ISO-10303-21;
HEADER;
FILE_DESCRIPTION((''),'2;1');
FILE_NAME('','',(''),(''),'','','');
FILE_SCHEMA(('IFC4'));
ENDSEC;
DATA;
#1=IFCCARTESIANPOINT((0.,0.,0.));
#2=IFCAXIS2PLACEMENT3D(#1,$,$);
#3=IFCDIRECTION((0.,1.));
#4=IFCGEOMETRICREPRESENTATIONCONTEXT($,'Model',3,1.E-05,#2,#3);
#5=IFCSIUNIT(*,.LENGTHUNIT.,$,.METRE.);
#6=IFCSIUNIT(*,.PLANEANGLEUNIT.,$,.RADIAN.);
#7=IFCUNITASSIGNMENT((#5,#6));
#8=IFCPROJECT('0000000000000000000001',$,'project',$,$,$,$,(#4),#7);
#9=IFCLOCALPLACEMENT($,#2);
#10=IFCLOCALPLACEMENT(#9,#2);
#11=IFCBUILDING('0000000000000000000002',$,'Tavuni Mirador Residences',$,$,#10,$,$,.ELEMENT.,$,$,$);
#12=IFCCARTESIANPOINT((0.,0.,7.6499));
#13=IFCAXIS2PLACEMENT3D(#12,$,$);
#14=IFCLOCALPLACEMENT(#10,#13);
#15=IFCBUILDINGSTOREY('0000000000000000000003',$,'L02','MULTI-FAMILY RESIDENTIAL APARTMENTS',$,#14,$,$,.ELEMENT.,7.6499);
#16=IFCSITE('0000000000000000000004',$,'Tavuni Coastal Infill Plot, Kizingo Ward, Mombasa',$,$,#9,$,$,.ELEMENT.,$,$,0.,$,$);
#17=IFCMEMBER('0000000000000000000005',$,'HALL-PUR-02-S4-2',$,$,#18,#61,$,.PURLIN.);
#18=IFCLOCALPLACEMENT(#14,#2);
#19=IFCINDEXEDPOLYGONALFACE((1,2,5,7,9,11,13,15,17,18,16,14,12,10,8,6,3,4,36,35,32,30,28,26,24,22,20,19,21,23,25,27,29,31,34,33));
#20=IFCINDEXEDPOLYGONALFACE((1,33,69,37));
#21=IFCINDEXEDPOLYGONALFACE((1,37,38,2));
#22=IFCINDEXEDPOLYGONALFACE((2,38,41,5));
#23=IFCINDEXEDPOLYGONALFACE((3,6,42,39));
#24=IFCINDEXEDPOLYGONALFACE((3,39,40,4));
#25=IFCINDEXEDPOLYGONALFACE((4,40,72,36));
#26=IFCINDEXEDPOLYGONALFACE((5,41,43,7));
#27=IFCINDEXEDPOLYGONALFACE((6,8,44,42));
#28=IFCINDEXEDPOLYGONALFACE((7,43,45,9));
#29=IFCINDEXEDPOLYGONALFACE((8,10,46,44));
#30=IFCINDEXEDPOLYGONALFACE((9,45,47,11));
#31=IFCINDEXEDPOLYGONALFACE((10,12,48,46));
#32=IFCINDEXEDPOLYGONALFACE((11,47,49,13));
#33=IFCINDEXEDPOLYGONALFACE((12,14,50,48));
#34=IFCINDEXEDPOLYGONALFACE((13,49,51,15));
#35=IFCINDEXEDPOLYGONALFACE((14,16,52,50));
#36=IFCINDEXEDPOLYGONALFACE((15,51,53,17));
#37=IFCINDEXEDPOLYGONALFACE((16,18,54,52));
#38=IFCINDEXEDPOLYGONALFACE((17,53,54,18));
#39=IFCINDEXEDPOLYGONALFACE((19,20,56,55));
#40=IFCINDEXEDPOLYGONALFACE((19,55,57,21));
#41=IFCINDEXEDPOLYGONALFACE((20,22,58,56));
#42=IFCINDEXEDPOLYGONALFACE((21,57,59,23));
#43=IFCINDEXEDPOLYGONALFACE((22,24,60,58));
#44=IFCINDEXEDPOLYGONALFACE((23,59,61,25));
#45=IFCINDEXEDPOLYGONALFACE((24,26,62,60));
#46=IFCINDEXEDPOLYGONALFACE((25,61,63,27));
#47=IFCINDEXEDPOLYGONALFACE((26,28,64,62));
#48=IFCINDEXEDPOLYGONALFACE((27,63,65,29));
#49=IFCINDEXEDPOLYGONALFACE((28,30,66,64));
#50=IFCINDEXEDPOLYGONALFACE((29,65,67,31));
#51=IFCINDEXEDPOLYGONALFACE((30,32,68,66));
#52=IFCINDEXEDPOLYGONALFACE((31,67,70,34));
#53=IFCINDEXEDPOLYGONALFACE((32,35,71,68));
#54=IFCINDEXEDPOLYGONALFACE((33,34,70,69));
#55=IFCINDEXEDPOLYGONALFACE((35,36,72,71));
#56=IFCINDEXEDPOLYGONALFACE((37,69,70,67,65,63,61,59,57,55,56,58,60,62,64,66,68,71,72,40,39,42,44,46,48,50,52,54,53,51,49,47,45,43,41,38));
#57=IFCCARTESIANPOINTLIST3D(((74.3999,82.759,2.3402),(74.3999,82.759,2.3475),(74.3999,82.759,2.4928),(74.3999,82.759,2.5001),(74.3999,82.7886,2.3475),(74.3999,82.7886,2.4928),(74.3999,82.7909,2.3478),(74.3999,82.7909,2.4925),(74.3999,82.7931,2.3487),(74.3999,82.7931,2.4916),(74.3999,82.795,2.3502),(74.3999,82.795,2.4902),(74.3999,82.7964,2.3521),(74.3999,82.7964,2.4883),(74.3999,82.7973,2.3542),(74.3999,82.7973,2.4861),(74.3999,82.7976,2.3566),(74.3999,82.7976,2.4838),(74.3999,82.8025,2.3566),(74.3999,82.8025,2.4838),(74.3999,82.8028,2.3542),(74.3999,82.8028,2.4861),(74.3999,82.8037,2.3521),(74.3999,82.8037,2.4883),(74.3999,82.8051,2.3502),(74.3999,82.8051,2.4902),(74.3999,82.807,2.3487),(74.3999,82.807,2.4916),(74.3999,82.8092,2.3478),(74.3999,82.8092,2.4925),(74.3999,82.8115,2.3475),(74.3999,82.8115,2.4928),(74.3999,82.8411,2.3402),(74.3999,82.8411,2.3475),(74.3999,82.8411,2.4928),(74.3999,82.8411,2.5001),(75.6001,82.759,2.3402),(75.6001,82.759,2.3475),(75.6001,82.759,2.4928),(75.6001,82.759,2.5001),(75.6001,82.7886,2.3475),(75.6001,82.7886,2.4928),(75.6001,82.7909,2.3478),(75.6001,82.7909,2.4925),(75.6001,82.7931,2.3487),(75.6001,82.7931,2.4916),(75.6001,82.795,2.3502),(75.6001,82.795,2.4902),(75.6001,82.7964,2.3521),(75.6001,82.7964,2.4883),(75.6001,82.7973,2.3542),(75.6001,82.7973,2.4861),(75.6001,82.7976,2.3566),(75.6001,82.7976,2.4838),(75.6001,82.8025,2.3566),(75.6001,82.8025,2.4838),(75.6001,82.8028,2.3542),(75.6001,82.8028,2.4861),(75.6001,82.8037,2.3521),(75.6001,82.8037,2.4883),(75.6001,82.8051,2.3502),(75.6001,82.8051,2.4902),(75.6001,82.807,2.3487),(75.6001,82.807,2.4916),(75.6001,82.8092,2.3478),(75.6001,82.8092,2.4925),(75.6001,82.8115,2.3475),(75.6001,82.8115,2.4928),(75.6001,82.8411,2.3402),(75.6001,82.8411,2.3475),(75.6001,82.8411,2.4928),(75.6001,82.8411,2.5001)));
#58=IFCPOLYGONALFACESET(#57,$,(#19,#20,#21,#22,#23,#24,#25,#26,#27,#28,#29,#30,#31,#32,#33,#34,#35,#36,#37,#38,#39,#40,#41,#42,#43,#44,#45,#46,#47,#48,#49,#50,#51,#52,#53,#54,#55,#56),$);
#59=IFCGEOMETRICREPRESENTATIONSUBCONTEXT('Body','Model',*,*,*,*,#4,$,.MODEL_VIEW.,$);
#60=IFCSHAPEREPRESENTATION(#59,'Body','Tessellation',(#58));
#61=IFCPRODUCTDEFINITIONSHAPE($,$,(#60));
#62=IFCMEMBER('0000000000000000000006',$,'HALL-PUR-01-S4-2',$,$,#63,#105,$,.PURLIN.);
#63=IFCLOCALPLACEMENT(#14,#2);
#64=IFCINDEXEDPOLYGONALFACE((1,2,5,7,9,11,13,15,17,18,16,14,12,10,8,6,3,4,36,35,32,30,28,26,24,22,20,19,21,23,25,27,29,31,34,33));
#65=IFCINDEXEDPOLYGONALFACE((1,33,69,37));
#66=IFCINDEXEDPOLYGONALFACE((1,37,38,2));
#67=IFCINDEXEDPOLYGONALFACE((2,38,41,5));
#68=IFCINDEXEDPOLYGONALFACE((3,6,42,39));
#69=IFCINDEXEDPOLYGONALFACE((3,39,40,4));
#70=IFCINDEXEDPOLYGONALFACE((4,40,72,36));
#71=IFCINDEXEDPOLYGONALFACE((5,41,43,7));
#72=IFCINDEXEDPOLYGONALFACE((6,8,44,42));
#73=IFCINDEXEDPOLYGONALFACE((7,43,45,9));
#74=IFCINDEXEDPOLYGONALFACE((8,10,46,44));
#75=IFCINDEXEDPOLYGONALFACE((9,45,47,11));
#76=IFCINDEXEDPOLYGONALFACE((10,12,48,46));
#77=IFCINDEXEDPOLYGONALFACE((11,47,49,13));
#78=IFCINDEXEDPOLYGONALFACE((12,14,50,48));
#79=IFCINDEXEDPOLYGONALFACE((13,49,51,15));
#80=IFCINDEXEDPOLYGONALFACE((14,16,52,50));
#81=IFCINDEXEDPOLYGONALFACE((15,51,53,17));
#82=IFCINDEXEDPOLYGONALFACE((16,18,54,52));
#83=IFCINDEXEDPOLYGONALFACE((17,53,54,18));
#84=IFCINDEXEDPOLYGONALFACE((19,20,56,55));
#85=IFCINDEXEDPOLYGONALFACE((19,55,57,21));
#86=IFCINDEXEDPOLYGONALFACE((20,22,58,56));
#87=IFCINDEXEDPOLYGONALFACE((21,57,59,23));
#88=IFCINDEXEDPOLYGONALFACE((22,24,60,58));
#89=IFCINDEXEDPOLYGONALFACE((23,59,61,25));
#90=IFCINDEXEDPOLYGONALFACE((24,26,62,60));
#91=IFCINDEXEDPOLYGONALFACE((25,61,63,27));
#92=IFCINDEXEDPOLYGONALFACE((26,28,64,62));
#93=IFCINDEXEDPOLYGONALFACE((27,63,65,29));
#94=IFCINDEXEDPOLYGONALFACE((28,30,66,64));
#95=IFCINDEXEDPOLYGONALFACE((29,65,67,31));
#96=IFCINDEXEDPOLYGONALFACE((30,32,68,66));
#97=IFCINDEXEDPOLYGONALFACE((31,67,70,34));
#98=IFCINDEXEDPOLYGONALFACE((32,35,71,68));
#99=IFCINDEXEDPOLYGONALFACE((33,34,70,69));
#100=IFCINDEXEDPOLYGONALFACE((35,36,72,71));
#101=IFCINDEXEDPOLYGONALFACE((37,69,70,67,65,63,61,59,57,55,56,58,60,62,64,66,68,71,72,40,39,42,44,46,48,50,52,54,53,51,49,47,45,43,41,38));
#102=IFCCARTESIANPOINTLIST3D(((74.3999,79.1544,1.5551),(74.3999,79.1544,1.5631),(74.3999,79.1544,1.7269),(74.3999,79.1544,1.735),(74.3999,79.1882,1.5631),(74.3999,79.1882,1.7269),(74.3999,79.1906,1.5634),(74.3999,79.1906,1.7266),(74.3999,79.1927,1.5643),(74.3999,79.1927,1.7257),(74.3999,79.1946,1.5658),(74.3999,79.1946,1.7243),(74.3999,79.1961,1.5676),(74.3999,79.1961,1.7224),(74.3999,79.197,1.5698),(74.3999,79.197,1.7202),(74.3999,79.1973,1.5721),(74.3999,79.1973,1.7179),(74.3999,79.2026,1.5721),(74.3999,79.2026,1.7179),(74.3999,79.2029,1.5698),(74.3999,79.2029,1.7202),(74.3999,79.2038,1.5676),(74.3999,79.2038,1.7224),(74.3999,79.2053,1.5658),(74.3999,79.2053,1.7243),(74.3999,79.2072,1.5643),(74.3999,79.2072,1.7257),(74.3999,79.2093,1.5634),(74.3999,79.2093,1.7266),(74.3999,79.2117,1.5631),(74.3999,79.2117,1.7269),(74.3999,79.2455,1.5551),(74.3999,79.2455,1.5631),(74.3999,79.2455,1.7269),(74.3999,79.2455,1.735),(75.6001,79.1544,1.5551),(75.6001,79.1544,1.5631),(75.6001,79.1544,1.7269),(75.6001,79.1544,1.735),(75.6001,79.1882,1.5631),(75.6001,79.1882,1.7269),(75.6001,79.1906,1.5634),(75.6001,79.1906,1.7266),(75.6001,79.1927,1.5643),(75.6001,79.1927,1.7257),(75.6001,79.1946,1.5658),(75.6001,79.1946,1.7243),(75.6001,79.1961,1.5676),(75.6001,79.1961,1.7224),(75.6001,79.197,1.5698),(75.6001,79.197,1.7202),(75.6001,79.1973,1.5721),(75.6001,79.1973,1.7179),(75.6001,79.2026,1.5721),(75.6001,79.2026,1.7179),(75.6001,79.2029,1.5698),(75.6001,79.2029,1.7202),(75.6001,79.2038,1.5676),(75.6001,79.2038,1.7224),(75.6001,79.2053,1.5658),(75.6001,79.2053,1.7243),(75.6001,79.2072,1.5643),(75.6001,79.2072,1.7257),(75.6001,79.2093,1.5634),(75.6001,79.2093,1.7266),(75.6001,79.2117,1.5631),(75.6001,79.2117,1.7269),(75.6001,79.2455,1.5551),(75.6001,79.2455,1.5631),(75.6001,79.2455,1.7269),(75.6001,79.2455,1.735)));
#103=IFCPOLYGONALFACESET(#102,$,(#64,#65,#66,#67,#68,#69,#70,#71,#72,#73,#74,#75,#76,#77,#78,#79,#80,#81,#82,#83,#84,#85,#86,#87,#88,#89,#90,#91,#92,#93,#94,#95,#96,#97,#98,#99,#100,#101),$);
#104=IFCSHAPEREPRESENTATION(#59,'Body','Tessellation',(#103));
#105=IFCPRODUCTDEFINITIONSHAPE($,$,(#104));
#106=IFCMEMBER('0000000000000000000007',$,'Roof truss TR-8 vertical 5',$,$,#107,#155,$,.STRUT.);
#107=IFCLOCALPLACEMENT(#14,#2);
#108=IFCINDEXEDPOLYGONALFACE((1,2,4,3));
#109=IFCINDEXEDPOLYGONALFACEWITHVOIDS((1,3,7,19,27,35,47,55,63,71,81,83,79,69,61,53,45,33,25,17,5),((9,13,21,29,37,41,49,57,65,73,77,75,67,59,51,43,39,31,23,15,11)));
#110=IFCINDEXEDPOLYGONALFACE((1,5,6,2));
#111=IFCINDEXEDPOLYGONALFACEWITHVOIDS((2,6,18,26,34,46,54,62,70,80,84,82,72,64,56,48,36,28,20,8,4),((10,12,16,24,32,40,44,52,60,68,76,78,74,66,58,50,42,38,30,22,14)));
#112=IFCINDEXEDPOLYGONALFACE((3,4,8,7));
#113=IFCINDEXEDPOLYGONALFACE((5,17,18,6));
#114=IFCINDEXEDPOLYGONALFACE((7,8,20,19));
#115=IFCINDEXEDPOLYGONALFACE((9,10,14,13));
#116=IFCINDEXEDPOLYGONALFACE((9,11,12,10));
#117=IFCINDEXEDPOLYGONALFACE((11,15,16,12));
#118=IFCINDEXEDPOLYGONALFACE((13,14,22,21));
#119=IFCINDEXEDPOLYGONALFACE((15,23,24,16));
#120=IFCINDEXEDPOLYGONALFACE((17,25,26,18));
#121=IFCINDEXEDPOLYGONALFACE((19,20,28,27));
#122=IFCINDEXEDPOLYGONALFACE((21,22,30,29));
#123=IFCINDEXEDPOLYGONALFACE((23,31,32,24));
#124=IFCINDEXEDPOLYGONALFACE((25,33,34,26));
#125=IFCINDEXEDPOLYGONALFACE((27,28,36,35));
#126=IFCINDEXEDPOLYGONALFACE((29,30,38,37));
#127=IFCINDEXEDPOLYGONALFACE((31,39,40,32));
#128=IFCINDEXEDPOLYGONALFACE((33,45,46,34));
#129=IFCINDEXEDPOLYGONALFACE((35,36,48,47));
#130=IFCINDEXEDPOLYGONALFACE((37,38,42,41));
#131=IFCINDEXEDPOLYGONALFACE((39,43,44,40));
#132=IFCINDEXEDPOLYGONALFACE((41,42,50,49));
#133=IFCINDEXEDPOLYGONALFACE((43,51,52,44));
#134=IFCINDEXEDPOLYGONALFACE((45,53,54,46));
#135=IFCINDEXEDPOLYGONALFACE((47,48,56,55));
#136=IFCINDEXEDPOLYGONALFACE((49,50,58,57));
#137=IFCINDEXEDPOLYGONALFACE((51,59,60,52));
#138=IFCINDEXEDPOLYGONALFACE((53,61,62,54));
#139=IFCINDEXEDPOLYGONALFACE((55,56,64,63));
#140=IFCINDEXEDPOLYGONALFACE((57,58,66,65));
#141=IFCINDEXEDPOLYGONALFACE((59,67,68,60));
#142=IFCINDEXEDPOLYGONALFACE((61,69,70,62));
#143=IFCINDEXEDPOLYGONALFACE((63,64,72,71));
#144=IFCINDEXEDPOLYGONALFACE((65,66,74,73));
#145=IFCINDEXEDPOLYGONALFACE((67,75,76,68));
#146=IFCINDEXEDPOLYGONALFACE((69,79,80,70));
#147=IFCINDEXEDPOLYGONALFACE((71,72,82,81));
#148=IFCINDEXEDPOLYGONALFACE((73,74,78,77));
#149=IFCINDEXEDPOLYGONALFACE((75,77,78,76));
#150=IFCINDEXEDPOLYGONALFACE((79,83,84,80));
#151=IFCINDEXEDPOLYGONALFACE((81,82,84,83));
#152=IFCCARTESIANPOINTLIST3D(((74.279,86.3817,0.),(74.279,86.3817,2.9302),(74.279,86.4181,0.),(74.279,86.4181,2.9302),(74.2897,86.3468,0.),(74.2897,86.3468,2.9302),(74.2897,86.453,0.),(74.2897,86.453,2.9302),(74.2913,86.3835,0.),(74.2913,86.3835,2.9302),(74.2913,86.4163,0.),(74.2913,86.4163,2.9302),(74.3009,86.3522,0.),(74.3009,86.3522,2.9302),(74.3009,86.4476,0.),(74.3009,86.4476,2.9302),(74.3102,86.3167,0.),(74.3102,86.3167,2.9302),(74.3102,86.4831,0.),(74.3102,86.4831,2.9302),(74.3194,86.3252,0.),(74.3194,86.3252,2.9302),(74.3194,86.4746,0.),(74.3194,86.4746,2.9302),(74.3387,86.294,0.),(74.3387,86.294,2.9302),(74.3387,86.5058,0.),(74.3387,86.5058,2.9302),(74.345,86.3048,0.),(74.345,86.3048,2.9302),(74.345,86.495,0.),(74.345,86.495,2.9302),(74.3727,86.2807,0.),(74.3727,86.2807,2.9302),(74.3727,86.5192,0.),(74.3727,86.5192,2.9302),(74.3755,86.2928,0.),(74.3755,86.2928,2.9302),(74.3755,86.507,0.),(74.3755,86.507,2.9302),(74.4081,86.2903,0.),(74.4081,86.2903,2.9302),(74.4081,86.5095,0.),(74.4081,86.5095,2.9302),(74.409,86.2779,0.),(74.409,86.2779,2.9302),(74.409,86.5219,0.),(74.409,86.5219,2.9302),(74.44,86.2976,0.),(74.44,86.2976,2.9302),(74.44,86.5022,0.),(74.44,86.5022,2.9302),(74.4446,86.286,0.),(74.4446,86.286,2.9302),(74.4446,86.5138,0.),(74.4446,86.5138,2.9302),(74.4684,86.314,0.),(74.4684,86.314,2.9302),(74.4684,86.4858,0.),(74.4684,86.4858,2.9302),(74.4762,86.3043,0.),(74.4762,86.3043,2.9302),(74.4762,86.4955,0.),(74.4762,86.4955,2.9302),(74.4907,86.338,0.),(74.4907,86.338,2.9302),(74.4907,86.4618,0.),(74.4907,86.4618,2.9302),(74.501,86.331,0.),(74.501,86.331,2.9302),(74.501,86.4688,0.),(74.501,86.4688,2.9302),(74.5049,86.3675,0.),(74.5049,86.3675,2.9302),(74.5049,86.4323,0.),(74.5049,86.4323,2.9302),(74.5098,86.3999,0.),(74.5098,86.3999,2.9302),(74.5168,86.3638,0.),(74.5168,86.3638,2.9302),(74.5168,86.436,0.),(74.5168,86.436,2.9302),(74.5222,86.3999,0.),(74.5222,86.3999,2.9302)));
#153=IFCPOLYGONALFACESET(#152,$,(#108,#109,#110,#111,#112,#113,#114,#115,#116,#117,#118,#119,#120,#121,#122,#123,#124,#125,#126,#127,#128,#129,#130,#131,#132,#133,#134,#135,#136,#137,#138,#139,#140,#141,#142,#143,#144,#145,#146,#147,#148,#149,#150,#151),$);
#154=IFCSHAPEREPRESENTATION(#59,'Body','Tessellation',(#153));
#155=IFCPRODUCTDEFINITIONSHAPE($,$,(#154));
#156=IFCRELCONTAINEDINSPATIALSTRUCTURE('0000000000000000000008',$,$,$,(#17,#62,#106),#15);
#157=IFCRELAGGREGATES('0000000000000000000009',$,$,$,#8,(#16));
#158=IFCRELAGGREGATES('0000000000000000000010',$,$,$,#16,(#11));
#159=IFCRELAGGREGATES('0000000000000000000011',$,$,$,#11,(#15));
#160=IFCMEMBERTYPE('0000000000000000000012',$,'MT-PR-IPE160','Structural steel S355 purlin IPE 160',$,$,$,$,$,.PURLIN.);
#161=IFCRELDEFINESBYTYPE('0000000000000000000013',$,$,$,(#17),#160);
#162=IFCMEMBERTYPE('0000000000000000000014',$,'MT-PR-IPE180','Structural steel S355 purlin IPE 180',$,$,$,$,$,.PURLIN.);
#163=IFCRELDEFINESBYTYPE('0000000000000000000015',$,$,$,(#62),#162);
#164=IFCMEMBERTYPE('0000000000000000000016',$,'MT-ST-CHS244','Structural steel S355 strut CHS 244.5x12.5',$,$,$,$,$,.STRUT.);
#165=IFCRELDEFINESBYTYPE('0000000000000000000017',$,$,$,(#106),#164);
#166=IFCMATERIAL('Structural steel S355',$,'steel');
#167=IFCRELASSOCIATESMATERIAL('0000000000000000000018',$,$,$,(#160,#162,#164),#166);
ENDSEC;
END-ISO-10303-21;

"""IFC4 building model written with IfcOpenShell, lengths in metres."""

from ifc_helpers import new_model, si_unit, direction, frame, origin, origin_2d, place, context, subcontext, project, spatial, hollow_circle, i_section, extrude, material, material_profile, profile_set, type_object, element, save


model = new_model("IFC4")

# Units and contexts
model_context = context("Model", 3, precision=1e-05, world=origin(), true_north=direction((0.0, 1.0)))
body_context = subcontext(model_context, "Body", "Model", "MODEL_VIEW")
ifc_project = project(units=[si_unit("LENGTHUNIT", "METRE"), si_unit("PLANEANGLEUNIT", "RADIAN")], contexts=[model_context])

# Site, building, storey
site_placement = place(None, origin())
site = spatial("IfcSite", under=ifc_project, at=site_placement, Name="Tavuni Coastal Infill Plot, Kizingo Ward, Mombasa", CompositionType="ELEMENT", RefElevation=0.0)
building_placement = place(site_placement, origin())
building = spatial("IfcBuilding", under=site, at=building_placement, Name="Tavuni Mirador Residences", CompositionType="ELEMENT")
storey_placement = place(building_placement, frame((0.0, 0.0, 7.6499)))
storey = spatial("IfcBuildingStorey", under=building, at=storey_placement, Name="L02", Description="MULTI-FAMILY RESIDENTIAL APARTMENTS", CompositionType="ELEMENT", Elevation=7.6499)

# Members
ifc_material_1 = material(Name="Structural steel S355", Category="steel")
ifc_material_profile_1 = material_profile(ifc_material_1, i_section(OverallWidth=0.082, OverallDepth=0.1599, WebThickness=0.0049, FlangeThickness=0.0073, FilletRadius=0.009, at=origin_2d()), Name="IPE 160", Category="steel")
ifc_profile_set_1 = profile_set([ifc_material_profile_1], Name="Structural steel S355")
member_type_1 = type_object("IfcMemberType", Name="MT-PR-IPE160", Description="Structural steel S355 purlin IPE 160", PredefinedType="PURLIN", material=ifc_profile_set_1)
member_1_placement = place(storey_placement, frame((74.3999, 82.8, 2.4202), z_axis=(1.0, 0.0, 0.0), x_axis=(0.0, 1.0, 0.0)))
element("IfcMember", 1, at=member_1_placement, inside=storey, type_object=member_type_1, Name="HALL-PUR-02-S4-2", PredefinedType="PURLIN", context=body_context, shape_type="SweptSolid", body=[
    extrude(i_section(OverallWidth=0.082, OverallDepth=0.1599, WebThickness=0.0049, FlangeThickness=0.0073, FilletRadius=0.009, at=origin_2d()), origin(), (0.0, 0.0, 1.0), 1.2002),
])
ifc_material_profile_2 = material_profile(ifc_material_1, i_section(OverallWidth=0.0911, OverallDepth=0.1799, WebThickness=0.0054, FlangeThickness=0.0081, FilletRadius=0.009, at=origin_2d()), Name="IPE 180", Category="steel")
ifc_profile_set_2 = profile_set([ifc_material_profile_2], Name="Structural steel S355")
member_type_2 = type_object("IfcMemberType", Name="MT-PR-IPE180", Description="Structural steel S355 purlin IPE 180", PredefinedType="PURLIN", material=ifc_profile_set_2)
member_2_placement = place(storey_placement, frame((74.3999, 79.2, 1.645), z_axis=(1.0, 0.0, 0.0), x_axis=(0.0, 1.0, 0.0)))
element("IfcMember", 2, at=member_2_placement, inside=storey, type_object=member_type_2, Name="HALL-PUR-01-S4-2", PredefinedType="PURLIN", context=body_context, shape_type="SweptSolid", body=[
    extrude(i_section(OverallWidth=0.0911, OverallDepth=0.1799, WebThickness=0.0054, FlangeThickness=0.0081, FilletRadius=0.009, at=origin_2d()), origin(), (0.0, 0.0, 1.0), 1.2002),
])
ifc_material_profile_3 = material_profile(ifc_material_1, hollow_circle(Radius=0.1223, WallThickness=0.0125, at=origin_2d()), Name="CHS 244.5x12.5", Category="steel")
ifc_profile_set_3 = profile_set([ifc_material_profile_3], Name="Structural steel S355")
member_type_3 = type_object("IfcMemberType", Name="MT-ST-CHS244", Description="Structural steel S355 strut CHS 244.5x12.5", PredefinedType="STRUT", material=ifc_profile_set_3)
member_3_placement = place(storey_placement, frame((74.3999, 86.3999, 0.0), z_axis=(0.0, 0.0, 1.0), x_axis=(1.0, 0.0, 0.0)))
element("IfcMember", 3, at=member_3_placement, inside=storey, type_object=member_type_3, Name="Roof truss TR-8 vertical 5", PredefinedType="STRUT", context=body_context, shape_type="SweptSolid", body=[
    extrude(hollow_circle(Radius=0.1223, WallThickness=0.0125, at=origin_2d()), origin(), (0.0, 0.0, 1.0), 2.9302),
])

save(model, "model.ifc")
